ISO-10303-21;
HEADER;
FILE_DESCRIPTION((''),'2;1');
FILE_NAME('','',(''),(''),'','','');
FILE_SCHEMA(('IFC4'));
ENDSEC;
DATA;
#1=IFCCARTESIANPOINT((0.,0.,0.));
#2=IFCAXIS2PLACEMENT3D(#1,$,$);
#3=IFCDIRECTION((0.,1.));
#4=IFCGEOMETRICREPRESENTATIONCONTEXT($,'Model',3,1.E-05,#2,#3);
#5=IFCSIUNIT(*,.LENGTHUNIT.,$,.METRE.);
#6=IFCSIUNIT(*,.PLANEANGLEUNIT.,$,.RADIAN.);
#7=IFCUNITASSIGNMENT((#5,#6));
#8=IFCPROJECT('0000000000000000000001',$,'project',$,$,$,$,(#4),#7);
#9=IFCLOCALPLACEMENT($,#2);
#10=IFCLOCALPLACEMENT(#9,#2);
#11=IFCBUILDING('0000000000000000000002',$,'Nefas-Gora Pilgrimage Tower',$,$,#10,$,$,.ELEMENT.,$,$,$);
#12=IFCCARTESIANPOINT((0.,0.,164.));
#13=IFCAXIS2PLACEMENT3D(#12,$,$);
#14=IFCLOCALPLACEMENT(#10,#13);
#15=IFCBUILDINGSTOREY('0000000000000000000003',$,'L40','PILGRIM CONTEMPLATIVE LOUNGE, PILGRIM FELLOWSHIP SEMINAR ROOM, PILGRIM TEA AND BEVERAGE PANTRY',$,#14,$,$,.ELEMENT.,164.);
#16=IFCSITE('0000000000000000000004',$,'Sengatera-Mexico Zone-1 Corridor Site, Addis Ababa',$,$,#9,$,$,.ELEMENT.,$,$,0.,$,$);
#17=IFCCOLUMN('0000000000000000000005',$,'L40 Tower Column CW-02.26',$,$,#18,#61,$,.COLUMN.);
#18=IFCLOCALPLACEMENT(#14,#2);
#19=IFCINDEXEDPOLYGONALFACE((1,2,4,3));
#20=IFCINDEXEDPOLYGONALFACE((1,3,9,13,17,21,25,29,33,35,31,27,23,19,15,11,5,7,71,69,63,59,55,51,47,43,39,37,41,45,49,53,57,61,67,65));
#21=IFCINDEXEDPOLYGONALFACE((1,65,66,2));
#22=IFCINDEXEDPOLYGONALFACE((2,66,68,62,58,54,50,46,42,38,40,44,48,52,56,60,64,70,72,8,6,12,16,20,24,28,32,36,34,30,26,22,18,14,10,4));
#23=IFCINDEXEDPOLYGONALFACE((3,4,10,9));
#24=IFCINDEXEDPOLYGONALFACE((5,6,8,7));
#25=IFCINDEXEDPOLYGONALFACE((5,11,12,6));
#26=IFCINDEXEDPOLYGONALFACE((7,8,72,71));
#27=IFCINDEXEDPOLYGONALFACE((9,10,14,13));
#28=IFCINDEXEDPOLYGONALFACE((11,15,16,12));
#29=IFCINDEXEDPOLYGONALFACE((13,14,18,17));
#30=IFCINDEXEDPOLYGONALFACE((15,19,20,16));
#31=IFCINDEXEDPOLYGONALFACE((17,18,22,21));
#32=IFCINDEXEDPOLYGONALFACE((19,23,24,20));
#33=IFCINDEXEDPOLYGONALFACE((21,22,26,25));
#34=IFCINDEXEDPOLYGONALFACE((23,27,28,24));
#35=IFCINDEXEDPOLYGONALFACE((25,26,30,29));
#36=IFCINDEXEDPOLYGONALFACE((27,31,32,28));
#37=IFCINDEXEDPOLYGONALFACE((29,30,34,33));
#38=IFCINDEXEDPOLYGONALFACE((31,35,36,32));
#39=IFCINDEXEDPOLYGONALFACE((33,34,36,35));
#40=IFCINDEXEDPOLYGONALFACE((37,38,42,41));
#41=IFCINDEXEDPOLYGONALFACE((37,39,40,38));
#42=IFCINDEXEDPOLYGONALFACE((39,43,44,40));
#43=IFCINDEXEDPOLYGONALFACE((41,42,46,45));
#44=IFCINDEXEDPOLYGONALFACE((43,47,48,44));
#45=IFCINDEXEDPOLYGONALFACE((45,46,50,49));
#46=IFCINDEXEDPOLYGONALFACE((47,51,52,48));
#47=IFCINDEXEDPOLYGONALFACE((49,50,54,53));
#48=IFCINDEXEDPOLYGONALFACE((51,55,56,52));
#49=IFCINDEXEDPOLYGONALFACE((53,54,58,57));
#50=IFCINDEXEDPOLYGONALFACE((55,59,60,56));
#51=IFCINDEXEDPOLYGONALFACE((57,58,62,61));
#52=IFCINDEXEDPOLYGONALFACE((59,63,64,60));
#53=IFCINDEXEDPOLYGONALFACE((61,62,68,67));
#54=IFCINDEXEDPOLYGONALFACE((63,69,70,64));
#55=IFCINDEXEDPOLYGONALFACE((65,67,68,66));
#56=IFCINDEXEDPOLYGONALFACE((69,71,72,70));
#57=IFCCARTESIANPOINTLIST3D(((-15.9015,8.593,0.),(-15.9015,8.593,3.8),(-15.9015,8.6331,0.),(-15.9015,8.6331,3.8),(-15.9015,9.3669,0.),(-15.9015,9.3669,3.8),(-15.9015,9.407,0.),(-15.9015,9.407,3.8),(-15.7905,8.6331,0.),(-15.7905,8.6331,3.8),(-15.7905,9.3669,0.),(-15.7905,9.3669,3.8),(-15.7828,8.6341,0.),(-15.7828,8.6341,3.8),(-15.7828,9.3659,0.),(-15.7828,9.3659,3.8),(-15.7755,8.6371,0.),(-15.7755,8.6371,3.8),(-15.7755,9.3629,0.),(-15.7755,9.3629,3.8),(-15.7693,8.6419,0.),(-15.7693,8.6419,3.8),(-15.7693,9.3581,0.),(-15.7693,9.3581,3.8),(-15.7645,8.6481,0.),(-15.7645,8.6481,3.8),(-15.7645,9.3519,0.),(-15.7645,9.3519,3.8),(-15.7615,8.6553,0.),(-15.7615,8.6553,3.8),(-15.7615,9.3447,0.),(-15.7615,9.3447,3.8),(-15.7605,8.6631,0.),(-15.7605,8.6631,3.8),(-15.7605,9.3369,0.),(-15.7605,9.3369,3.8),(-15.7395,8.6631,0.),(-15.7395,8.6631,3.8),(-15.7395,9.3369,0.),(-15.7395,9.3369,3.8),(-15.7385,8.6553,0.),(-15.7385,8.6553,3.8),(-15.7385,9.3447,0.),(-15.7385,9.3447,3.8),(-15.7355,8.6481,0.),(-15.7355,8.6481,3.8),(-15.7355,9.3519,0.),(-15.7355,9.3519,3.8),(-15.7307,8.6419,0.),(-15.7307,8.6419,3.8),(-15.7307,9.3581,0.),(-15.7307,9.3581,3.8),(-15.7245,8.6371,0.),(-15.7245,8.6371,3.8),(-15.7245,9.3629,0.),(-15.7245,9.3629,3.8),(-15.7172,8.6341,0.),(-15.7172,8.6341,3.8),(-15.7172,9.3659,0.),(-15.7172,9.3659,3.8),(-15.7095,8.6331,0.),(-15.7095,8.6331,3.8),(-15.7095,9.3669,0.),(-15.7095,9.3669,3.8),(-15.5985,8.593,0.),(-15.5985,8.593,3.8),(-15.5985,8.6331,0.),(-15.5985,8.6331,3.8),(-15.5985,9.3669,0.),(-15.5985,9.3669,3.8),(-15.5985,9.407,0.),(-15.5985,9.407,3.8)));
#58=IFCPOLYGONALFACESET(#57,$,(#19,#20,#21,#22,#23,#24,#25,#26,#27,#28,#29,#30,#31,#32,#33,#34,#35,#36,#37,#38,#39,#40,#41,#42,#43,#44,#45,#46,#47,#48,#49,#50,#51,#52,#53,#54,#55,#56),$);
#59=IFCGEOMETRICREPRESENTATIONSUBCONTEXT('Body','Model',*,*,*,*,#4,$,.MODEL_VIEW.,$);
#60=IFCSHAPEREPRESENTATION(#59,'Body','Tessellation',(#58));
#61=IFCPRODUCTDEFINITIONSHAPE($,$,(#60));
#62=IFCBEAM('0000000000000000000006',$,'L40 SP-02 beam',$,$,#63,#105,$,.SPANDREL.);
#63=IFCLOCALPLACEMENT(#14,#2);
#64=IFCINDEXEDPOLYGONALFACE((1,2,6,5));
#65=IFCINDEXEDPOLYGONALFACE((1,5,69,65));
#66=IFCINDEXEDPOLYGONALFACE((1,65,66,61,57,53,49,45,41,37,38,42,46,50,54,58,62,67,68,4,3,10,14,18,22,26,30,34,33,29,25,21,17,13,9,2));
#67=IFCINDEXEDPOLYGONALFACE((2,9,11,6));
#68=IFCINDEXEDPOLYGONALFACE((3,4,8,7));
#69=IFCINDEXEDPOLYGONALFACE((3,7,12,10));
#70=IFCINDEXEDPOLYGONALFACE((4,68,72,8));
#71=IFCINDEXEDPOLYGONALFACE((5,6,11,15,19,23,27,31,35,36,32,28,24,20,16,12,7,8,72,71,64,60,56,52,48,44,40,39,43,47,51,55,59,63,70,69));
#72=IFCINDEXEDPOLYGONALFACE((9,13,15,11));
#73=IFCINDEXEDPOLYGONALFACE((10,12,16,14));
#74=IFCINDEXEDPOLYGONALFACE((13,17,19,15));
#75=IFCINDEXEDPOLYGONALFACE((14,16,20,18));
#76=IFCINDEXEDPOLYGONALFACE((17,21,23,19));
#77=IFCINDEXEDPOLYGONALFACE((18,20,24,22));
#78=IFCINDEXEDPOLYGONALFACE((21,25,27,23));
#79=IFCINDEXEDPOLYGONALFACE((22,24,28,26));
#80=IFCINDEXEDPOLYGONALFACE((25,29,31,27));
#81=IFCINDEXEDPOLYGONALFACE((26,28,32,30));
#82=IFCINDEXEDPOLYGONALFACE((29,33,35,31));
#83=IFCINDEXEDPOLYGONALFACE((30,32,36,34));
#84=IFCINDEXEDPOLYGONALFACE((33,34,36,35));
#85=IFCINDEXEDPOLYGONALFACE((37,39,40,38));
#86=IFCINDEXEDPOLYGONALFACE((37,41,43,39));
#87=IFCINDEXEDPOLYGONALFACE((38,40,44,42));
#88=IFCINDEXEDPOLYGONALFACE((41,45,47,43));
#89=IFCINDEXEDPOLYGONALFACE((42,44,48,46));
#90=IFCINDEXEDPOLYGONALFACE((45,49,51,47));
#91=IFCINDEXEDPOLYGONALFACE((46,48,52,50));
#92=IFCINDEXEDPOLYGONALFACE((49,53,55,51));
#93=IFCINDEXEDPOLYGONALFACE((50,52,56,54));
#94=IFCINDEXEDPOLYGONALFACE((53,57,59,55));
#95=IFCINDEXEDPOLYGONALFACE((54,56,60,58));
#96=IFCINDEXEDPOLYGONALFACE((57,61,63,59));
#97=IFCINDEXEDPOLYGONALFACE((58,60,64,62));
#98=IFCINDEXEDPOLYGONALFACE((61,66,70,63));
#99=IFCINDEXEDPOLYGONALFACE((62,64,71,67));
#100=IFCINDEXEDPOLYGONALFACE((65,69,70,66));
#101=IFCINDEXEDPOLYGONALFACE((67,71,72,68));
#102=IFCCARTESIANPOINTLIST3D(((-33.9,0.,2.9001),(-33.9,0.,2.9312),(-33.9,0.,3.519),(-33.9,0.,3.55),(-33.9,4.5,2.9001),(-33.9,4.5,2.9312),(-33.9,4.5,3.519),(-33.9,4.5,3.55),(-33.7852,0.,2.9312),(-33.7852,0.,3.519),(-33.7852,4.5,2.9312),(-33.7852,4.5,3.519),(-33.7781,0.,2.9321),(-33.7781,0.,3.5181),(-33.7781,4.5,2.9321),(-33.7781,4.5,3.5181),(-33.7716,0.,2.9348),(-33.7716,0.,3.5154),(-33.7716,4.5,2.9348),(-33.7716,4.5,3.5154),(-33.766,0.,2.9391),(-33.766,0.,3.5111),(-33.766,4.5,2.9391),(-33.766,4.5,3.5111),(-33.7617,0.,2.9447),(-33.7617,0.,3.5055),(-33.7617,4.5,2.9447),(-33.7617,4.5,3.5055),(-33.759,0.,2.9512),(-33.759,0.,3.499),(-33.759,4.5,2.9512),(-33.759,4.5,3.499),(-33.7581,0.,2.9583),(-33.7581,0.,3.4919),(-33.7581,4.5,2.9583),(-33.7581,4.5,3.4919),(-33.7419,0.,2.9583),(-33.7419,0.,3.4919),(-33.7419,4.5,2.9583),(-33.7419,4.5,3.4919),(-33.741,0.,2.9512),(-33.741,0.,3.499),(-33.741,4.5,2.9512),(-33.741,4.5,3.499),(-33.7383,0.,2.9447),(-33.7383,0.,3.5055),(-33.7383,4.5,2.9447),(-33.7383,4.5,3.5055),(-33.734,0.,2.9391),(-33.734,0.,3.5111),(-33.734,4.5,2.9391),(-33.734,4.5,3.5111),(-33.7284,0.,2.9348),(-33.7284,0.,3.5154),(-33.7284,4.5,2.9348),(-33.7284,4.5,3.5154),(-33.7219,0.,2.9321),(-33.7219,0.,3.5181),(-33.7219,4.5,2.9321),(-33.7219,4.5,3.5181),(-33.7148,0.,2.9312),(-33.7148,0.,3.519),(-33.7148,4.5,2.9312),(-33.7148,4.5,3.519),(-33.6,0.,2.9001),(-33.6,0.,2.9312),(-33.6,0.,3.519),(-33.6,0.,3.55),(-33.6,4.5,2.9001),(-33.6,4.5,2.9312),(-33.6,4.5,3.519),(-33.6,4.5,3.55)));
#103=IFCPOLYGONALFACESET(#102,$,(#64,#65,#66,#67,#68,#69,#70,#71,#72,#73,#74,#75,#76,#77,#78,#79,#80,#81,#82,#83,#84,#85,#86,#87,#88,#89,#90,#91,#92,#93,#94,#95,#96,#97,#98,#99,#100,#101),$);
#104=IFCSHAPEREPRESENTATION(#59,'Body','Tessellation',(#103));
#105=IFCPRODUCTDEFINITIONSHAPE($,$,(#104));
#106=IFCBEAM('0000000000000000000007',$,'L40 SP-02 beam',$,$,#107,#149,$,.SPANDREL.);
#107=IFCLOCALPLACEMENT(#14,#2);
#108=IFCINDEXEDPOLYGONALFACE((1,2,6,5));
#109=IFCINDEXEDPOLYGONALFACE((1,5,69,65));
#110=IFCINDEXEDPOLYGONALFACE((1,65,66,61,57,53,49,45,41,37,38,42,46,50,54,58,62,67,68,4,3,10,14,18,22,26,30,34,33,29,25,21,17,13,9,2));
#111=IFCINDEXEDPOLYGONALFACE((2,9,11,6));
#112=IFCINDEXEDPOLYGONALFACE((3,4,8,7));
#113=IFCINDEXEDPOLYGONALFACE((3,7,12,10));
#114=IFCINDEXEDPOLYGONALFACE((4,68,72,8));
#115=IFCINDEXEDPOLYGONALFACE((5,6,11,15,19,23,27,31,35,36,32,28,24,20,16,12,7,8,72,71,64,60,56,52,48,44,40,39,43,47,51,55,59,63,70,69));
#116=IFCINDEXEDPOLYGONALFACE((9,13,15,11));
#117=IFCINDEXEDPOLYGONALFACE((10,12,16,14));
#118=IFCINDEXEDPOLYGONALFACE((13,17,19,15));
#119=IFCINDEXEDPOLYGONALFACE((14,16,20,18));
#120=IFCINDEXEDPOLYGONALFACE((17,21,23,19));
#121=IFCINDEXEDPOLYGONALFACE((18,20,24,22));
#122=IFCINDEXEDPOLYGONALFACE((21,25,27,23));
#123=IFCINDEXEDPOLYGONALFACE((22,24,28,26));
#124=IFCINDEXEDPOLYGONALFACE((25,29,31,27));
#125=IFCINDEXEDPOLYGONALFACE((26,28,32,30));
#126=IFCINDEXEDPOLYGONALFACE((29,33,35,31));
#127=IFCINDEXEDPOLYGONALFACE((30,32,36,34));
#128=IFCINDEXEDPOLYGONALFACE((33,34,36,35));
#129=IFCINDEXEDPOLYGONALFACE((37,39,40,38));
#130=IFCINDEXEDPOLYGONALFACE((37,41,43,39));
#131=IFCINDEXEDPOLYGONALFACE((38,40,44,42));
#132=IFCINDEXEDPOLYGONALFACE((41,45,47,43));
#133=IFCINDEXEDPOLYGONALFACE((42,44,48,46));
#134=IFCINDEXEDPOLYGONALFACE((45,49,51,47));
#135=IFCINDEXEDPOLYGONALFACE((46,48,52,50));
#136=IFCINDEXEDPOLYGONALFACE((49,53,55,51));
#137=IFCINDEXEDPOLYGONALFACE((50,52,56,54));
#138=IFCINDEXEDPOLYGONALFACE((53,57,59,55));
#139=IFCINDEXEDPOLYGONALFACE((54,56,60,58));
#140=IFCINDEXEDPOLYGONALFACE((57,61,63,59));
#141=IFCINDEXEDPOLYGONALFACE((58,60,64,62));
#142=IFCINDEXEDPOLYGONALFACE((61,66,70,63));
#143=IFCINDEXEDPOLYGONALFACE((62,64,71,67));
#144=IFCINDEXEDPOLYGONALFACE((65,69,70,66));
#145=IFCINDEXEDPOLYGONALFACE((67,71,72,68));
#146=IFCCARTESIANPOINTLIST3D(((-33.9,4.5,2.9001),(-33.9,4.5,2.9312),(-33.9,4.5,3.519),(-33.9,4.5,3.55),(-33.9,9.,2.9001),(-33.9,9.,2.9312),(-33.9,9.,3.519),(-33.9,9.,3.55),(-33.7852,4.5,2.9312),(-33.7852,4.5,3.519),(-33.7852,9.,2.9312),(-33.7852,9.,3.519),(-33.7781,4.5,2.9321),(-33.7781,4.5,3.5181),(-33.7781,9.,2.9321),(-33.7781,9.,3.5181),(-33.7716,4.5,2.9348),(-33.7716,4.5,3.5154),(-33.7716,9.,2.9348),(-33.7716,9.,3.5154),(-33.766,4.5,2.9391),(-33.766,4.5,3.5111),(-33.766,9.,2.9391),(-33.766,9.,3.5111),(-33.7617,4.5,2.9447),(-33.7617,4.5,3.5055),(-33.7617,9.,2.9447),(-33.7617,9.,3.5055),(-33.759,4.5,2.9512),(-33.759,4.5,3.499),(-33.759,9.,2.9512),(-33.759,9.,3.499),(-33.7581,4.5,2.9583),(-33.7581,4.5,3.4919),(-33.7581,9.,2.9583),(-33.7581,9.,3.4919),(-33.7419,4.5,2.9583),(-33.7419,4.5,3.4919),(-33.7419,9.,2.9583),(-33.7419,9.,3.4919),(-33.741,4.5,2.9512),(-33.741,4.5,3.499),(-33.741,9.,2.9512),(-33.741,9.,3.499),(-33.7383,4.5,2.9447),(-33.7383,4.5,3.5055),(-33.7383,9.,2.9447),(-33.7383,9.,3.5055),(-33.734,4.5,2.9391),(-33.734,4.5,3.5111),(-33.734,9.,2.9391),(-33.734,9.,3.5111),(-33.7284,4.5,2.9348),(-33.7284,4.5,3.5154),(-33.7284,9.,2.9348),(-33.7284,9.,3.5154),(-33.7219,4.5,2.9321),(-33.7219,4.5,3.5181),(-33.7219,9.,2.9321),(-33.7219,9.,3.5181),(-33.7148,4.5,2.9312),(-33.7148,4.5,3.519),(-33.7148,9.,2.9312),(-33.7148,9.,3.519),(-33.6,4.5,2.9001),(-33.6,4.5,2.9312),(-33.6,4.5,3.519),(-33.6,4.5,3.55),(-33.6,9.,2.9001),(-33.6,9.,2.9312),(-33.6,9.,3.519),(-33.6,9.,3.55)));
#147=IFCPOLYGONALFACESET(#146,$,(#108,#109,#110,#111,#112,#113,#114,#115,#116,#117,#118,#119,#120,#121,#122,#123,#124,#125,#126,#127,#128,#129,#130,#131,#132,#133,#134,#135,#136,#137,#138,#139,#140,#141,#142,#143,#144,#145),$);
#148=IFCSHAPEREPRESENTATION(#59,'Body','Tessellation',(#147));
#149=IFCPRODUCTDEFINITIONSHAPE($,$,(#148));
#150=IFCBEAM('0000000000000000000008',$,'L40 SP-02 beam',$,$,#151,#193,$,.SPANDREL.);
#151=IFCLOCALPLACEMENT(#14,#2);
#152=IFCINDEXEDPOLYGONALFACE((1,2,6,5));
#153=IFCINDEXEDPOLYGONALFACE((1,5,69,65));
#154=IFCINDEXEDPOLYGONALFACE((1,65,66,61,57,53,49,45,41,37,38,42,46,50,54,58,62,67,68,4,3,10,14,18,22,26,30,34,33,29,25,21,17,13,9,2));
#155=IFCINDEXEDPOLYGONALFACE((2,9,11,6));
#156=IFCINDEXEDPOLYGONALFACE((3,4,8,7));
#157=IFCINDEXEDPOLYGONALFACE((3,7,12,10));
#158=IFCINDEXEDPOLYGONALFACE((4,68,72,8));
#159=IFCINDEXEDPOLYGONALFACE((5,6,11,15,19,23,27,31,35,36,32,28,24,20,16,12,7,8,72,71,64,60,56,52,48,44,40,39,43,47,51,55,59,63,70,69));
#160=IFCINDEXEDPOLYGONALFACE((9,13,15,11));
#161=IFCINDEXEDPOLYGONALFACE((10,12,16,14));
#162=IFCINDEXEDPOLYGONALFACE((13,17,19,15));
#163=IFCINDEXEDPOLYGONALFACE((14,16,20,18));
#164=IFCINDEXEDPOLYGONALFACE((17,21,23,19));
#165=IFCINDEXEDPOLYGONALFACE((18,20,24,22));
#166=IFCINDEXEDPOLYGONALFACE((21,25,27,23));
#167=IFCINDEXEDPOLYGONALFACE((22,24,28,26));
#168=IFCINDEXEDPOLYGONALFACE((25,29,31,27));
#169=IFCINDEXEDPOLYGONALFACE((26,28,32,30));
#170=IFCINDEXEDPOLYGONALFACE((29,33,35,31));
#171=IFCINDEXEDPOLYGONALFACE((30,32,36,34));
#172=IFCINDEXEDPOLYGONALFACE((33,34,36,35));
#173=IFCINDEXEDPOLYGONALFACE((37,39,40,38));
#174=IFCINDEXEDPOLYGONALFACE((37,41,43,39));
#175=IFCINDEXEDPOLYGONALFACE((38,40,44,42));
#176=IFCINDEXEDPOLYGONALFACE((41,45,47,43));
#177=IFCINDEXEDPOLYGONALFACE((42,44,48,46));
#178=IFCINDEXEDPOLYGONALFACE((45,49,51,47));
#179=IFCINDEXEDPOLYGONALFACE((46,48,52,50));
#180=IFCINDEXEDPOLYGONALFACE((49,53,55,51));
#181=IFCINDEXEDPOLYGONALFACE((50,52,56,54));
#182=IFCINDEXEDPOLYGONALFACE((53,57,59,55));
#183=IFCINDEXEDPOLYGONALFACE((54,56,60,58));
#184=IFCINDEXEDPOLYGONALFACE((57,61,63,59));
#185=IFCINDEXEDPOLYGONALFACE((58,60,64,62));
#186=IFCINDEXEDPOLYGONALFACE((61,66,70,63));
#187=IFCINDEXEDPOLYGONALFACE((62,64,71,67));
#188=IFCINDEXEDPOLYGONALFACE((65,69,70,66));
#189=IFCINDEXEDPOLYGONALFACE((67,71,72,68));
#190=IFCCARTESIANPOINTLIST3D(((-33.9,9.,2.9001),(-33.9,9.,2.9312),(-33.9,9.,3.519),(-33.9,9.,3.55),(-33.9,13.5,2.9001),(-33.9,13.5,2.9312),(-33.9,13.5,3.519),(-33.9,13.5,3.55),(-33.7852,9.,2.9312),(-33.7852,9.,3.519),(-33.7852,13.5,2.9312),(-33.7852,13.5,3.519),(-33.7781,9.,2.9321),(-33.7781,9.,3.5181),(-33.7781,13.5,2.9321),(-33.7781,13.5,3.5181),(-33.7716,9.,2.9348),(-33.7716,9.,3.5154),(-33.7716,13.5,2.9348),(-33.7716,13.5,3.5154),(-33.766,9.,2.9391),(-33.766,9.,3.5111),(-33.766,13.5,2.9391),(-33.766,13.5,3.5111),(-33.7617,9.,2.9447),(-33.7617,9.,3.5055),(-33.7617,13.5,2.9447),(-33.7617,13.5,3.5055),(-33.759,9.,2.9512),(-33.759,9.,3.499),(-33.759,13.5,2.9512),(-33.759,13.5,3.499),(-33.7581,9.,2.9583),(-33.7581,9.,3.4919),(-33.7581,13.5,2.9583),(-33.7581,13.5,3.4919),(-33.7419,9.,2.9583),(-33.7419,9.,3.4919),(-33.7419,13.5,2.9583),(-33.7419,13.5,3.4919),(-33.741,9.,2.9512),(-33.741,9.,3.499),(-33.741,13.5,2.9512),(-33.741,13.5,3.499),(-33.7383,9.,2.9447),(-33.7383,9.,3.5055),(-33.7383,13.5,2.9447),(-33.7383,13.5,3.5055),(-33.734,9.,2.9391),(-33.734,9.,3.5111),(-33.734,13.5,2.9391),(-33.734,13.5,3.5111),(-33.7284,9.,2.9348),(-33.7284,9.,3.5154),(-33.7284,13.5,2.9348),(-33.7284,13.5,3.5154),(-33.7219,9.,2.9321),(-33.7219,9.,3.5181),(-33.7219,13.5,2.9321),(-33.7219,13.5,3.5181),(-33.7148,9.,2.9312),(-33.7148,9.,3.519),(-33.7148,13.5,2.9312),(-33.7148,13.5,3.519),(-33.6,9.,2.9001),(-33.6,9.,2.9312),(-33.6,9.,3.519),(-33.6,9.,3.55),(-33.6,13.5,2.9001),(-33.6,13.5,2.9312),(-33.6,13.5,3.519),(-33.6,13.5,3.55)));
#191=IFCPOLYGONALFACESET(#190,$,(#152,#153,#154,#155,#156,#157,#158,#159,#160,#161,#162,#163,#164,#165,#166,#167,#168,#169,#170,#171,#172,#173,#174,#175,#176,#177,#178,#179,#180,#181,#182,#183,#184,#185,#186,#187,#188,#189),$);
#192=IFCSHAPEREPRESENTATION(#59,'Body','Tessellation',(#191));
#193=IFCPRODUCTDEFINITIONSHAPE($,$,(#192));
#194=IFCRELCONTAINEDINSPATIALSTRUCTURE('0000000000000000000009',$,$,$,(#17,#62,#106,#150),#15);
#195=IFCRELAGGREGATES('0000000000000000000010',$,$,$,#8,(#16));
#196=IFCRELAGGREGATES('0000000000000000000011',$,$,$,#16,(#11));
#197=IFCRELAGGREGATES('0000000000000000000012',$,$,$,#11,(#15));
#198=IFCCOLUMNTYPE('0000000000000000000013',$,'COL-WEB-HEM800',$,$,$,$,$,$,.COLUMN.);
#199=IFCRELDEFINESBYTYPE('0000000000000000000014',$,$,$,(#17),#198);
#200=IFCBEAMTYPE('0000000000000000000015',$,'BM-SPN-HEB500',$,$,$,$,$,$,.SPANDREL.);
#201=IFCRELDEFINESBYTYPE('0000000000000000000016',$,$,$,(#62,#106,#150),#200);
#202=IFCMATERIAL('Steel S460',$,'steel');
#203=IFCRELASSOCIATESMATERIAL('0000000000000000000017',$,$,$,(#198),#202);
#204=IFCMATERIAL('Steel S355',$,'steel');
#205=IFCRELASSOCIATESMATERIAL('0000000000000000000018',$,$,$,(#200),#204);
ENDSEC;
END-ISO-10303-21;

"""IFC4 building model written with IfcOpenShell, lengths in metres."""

from ifc_helpers import new_model, si_unit, direction, frame, origin, origin_2d, place, context, subcontext, project, spatial, i_section, extrude, source, transform, mapped, material, material_profile, profile_set, type_object, element, save


model = new_model("IFC4")

# Units and contexts
model_context = context("Model", 3, precision=1e-05, world=origin(), true_north=direction((0.0, 1.0)))
body_context = subcontext(model_context, "Body", "Model", "MODEL_VIEW")
ifc_project = project(units=[si_unit("LENGTHUNIT", "METRE"), si_unit("PLANEANGLEUNIT", "RADIAN")], contexts=[model_context])

# Site, building, storey
site_placement = place(None, origin())
site = spatial("IfcSite", under=ifc_project, at=site_placement, Name="Sengatera-Mexico Zone-1 Corridor Site, Addis Ababa", CompositionType="ELEMENT", RefElevation=0.0)
building_placement = place(site_placement, origin())
building = spatial("IfcBuilding", under=site, at=building_placement, Name="Nefas-Gora Pilgrimage Tower", CompositionType="ELEMENT")
storey_placement = place(building_placement, frame((0.0, 0.0, 164.0)))
storey = spatial("IfcBuildingStorey", under=building, at=storey_placement, Name="L40", Description="PILGRIM CONTEMPLATIVE LOUNGE, PILGRIM FELLOWSHIP SEMINAR ROOM, PILGRIM TEA AND BEVERAGE PANTRY", CompositionType="ELEMENT", Elevation=164.0)

# Column
ifc_material_1 = material(Name="Steel S460", Category="steel")
ifc_material_profile_1 = material_profile(ifc_material_1, i_section(OverallWidth=0.303, OverallDepth=0.814, WebThickness=0.021, FlangeThickness=0.04, FilletRadius=0.03, at=origin_2d()), Name="HEM 800")
ifc_profile_set_1 = profile_set([ifc_material_profile_1], Name="Steel S460")
column_type_1 = type_object("IfcColumnType", Name="COL-WEB-HEM800", PredefinedType="COLUMN", material=ifc_profile_set_1)
shared_shape_1 = source(origin(), body_context, "Body", "SweptSolid", [
    extrude(i_section(OverallWidth=0.303, OverallDepth=0.814, WebThickness=0.021, FlangeThickness=0.04, FilletRadius=0.03, at=origin_2d()), origin(), (0.0, 0.0, 1.0), 3.8),
])
for number, where, z_axis, x_axis, name in (
    (1, (-15.75, 9.0, 0.0), (0.0, 0.0, 1.0), (1.0, 0.0, 0.0), "L40 Tower Column CW-02.26"),
):
    element("IfcColumn", number, at=place(storey_placement, frame(where, z_axis=z_axis, x_axis=x_axis)), inside=storey, type_object=column_type_1, Name=name, PredefinedType="COLUMN", context=body_context, shape_type="MappedRepresentation", body=[
        mapped(shared_shape_1, transform((0.0, 0.0, 0.0), x_axis=(1.0, 0.0, 0.0), y_axis=(0.0, 1.0, 0.0), z_axis=(0.0, 0.0, 1.0), scale=1.0)),
    ])

# Beams
ifc_material_2 = material(Name="Steel S355", Category="steel")
ifc_material_profile_2 = material_profile(ifc_material_2, i_section(OverallWidth=0.3, OverallDepth=0.6499, WebThickness=0.0161, FlangeThickness=0.031, FilletRadius=0.0271, at=origin_2d()), Name="HEB 650")
ifc_profile_set_2 = profile_set([ifc_material_profile_2], Name="Steel S355")
beam_type_1 = type_object("IfcBeamType", Name="BM-SPN-HEB500", PredefinedType="SPANDREL", material=ifc_profile_set_2)
shared_shape_2 = source(origin(), body_context, "Body", "SweptSolid", [
    extrude(i_section(OverallWidth=0.3, OverallDepth=0.6499, WebThickness=0.0161, FlangeThickness=0.031, FilletRadius=0.0271, at=origin_2d()), origin(), (0.0, 0.0, 1.0), 4.5),
])
for number, where, z_axis, x_axis, name in (
    (2, (-33.75, 0.0, 3.2251), (0.0, 1.0, 0.0), (-1.0, 0.0, 0.0), "L40 SP-02 beam"),
    (3, (-33.75, 4.5, 3.2251), (0.0, 1.0, 0.0), (-1.0, 0.0, 0.0), "L40 SP-02 beam"),
    (4, (-33.75, 9.0, 3.2251), (0.0, 1.0, 0.0), (-1.0, 0.0, 0.0), "L40 SP-02 beam"),
):
    element("IfcBeam", number, at=place(storey_placement, frame(where, z_axis=z_axis, x_axis=x_axis)), inside=storey, type_object=beam_type_1, Name=name, PredefinedType="SPANDREL", context=body_context, shape_type="MappedRepresentation", body=[
        mapped(shared_shape_2, transform((0.0, 0.0, 0.0), x_axis=(1.0, 0.0, 0.0), y_axis=(0.0, 1.0, 0.0), z_axis=(0.0, 0.0, 1.0), scale=1.0)),
    ])

save(model, "model.ifc")
